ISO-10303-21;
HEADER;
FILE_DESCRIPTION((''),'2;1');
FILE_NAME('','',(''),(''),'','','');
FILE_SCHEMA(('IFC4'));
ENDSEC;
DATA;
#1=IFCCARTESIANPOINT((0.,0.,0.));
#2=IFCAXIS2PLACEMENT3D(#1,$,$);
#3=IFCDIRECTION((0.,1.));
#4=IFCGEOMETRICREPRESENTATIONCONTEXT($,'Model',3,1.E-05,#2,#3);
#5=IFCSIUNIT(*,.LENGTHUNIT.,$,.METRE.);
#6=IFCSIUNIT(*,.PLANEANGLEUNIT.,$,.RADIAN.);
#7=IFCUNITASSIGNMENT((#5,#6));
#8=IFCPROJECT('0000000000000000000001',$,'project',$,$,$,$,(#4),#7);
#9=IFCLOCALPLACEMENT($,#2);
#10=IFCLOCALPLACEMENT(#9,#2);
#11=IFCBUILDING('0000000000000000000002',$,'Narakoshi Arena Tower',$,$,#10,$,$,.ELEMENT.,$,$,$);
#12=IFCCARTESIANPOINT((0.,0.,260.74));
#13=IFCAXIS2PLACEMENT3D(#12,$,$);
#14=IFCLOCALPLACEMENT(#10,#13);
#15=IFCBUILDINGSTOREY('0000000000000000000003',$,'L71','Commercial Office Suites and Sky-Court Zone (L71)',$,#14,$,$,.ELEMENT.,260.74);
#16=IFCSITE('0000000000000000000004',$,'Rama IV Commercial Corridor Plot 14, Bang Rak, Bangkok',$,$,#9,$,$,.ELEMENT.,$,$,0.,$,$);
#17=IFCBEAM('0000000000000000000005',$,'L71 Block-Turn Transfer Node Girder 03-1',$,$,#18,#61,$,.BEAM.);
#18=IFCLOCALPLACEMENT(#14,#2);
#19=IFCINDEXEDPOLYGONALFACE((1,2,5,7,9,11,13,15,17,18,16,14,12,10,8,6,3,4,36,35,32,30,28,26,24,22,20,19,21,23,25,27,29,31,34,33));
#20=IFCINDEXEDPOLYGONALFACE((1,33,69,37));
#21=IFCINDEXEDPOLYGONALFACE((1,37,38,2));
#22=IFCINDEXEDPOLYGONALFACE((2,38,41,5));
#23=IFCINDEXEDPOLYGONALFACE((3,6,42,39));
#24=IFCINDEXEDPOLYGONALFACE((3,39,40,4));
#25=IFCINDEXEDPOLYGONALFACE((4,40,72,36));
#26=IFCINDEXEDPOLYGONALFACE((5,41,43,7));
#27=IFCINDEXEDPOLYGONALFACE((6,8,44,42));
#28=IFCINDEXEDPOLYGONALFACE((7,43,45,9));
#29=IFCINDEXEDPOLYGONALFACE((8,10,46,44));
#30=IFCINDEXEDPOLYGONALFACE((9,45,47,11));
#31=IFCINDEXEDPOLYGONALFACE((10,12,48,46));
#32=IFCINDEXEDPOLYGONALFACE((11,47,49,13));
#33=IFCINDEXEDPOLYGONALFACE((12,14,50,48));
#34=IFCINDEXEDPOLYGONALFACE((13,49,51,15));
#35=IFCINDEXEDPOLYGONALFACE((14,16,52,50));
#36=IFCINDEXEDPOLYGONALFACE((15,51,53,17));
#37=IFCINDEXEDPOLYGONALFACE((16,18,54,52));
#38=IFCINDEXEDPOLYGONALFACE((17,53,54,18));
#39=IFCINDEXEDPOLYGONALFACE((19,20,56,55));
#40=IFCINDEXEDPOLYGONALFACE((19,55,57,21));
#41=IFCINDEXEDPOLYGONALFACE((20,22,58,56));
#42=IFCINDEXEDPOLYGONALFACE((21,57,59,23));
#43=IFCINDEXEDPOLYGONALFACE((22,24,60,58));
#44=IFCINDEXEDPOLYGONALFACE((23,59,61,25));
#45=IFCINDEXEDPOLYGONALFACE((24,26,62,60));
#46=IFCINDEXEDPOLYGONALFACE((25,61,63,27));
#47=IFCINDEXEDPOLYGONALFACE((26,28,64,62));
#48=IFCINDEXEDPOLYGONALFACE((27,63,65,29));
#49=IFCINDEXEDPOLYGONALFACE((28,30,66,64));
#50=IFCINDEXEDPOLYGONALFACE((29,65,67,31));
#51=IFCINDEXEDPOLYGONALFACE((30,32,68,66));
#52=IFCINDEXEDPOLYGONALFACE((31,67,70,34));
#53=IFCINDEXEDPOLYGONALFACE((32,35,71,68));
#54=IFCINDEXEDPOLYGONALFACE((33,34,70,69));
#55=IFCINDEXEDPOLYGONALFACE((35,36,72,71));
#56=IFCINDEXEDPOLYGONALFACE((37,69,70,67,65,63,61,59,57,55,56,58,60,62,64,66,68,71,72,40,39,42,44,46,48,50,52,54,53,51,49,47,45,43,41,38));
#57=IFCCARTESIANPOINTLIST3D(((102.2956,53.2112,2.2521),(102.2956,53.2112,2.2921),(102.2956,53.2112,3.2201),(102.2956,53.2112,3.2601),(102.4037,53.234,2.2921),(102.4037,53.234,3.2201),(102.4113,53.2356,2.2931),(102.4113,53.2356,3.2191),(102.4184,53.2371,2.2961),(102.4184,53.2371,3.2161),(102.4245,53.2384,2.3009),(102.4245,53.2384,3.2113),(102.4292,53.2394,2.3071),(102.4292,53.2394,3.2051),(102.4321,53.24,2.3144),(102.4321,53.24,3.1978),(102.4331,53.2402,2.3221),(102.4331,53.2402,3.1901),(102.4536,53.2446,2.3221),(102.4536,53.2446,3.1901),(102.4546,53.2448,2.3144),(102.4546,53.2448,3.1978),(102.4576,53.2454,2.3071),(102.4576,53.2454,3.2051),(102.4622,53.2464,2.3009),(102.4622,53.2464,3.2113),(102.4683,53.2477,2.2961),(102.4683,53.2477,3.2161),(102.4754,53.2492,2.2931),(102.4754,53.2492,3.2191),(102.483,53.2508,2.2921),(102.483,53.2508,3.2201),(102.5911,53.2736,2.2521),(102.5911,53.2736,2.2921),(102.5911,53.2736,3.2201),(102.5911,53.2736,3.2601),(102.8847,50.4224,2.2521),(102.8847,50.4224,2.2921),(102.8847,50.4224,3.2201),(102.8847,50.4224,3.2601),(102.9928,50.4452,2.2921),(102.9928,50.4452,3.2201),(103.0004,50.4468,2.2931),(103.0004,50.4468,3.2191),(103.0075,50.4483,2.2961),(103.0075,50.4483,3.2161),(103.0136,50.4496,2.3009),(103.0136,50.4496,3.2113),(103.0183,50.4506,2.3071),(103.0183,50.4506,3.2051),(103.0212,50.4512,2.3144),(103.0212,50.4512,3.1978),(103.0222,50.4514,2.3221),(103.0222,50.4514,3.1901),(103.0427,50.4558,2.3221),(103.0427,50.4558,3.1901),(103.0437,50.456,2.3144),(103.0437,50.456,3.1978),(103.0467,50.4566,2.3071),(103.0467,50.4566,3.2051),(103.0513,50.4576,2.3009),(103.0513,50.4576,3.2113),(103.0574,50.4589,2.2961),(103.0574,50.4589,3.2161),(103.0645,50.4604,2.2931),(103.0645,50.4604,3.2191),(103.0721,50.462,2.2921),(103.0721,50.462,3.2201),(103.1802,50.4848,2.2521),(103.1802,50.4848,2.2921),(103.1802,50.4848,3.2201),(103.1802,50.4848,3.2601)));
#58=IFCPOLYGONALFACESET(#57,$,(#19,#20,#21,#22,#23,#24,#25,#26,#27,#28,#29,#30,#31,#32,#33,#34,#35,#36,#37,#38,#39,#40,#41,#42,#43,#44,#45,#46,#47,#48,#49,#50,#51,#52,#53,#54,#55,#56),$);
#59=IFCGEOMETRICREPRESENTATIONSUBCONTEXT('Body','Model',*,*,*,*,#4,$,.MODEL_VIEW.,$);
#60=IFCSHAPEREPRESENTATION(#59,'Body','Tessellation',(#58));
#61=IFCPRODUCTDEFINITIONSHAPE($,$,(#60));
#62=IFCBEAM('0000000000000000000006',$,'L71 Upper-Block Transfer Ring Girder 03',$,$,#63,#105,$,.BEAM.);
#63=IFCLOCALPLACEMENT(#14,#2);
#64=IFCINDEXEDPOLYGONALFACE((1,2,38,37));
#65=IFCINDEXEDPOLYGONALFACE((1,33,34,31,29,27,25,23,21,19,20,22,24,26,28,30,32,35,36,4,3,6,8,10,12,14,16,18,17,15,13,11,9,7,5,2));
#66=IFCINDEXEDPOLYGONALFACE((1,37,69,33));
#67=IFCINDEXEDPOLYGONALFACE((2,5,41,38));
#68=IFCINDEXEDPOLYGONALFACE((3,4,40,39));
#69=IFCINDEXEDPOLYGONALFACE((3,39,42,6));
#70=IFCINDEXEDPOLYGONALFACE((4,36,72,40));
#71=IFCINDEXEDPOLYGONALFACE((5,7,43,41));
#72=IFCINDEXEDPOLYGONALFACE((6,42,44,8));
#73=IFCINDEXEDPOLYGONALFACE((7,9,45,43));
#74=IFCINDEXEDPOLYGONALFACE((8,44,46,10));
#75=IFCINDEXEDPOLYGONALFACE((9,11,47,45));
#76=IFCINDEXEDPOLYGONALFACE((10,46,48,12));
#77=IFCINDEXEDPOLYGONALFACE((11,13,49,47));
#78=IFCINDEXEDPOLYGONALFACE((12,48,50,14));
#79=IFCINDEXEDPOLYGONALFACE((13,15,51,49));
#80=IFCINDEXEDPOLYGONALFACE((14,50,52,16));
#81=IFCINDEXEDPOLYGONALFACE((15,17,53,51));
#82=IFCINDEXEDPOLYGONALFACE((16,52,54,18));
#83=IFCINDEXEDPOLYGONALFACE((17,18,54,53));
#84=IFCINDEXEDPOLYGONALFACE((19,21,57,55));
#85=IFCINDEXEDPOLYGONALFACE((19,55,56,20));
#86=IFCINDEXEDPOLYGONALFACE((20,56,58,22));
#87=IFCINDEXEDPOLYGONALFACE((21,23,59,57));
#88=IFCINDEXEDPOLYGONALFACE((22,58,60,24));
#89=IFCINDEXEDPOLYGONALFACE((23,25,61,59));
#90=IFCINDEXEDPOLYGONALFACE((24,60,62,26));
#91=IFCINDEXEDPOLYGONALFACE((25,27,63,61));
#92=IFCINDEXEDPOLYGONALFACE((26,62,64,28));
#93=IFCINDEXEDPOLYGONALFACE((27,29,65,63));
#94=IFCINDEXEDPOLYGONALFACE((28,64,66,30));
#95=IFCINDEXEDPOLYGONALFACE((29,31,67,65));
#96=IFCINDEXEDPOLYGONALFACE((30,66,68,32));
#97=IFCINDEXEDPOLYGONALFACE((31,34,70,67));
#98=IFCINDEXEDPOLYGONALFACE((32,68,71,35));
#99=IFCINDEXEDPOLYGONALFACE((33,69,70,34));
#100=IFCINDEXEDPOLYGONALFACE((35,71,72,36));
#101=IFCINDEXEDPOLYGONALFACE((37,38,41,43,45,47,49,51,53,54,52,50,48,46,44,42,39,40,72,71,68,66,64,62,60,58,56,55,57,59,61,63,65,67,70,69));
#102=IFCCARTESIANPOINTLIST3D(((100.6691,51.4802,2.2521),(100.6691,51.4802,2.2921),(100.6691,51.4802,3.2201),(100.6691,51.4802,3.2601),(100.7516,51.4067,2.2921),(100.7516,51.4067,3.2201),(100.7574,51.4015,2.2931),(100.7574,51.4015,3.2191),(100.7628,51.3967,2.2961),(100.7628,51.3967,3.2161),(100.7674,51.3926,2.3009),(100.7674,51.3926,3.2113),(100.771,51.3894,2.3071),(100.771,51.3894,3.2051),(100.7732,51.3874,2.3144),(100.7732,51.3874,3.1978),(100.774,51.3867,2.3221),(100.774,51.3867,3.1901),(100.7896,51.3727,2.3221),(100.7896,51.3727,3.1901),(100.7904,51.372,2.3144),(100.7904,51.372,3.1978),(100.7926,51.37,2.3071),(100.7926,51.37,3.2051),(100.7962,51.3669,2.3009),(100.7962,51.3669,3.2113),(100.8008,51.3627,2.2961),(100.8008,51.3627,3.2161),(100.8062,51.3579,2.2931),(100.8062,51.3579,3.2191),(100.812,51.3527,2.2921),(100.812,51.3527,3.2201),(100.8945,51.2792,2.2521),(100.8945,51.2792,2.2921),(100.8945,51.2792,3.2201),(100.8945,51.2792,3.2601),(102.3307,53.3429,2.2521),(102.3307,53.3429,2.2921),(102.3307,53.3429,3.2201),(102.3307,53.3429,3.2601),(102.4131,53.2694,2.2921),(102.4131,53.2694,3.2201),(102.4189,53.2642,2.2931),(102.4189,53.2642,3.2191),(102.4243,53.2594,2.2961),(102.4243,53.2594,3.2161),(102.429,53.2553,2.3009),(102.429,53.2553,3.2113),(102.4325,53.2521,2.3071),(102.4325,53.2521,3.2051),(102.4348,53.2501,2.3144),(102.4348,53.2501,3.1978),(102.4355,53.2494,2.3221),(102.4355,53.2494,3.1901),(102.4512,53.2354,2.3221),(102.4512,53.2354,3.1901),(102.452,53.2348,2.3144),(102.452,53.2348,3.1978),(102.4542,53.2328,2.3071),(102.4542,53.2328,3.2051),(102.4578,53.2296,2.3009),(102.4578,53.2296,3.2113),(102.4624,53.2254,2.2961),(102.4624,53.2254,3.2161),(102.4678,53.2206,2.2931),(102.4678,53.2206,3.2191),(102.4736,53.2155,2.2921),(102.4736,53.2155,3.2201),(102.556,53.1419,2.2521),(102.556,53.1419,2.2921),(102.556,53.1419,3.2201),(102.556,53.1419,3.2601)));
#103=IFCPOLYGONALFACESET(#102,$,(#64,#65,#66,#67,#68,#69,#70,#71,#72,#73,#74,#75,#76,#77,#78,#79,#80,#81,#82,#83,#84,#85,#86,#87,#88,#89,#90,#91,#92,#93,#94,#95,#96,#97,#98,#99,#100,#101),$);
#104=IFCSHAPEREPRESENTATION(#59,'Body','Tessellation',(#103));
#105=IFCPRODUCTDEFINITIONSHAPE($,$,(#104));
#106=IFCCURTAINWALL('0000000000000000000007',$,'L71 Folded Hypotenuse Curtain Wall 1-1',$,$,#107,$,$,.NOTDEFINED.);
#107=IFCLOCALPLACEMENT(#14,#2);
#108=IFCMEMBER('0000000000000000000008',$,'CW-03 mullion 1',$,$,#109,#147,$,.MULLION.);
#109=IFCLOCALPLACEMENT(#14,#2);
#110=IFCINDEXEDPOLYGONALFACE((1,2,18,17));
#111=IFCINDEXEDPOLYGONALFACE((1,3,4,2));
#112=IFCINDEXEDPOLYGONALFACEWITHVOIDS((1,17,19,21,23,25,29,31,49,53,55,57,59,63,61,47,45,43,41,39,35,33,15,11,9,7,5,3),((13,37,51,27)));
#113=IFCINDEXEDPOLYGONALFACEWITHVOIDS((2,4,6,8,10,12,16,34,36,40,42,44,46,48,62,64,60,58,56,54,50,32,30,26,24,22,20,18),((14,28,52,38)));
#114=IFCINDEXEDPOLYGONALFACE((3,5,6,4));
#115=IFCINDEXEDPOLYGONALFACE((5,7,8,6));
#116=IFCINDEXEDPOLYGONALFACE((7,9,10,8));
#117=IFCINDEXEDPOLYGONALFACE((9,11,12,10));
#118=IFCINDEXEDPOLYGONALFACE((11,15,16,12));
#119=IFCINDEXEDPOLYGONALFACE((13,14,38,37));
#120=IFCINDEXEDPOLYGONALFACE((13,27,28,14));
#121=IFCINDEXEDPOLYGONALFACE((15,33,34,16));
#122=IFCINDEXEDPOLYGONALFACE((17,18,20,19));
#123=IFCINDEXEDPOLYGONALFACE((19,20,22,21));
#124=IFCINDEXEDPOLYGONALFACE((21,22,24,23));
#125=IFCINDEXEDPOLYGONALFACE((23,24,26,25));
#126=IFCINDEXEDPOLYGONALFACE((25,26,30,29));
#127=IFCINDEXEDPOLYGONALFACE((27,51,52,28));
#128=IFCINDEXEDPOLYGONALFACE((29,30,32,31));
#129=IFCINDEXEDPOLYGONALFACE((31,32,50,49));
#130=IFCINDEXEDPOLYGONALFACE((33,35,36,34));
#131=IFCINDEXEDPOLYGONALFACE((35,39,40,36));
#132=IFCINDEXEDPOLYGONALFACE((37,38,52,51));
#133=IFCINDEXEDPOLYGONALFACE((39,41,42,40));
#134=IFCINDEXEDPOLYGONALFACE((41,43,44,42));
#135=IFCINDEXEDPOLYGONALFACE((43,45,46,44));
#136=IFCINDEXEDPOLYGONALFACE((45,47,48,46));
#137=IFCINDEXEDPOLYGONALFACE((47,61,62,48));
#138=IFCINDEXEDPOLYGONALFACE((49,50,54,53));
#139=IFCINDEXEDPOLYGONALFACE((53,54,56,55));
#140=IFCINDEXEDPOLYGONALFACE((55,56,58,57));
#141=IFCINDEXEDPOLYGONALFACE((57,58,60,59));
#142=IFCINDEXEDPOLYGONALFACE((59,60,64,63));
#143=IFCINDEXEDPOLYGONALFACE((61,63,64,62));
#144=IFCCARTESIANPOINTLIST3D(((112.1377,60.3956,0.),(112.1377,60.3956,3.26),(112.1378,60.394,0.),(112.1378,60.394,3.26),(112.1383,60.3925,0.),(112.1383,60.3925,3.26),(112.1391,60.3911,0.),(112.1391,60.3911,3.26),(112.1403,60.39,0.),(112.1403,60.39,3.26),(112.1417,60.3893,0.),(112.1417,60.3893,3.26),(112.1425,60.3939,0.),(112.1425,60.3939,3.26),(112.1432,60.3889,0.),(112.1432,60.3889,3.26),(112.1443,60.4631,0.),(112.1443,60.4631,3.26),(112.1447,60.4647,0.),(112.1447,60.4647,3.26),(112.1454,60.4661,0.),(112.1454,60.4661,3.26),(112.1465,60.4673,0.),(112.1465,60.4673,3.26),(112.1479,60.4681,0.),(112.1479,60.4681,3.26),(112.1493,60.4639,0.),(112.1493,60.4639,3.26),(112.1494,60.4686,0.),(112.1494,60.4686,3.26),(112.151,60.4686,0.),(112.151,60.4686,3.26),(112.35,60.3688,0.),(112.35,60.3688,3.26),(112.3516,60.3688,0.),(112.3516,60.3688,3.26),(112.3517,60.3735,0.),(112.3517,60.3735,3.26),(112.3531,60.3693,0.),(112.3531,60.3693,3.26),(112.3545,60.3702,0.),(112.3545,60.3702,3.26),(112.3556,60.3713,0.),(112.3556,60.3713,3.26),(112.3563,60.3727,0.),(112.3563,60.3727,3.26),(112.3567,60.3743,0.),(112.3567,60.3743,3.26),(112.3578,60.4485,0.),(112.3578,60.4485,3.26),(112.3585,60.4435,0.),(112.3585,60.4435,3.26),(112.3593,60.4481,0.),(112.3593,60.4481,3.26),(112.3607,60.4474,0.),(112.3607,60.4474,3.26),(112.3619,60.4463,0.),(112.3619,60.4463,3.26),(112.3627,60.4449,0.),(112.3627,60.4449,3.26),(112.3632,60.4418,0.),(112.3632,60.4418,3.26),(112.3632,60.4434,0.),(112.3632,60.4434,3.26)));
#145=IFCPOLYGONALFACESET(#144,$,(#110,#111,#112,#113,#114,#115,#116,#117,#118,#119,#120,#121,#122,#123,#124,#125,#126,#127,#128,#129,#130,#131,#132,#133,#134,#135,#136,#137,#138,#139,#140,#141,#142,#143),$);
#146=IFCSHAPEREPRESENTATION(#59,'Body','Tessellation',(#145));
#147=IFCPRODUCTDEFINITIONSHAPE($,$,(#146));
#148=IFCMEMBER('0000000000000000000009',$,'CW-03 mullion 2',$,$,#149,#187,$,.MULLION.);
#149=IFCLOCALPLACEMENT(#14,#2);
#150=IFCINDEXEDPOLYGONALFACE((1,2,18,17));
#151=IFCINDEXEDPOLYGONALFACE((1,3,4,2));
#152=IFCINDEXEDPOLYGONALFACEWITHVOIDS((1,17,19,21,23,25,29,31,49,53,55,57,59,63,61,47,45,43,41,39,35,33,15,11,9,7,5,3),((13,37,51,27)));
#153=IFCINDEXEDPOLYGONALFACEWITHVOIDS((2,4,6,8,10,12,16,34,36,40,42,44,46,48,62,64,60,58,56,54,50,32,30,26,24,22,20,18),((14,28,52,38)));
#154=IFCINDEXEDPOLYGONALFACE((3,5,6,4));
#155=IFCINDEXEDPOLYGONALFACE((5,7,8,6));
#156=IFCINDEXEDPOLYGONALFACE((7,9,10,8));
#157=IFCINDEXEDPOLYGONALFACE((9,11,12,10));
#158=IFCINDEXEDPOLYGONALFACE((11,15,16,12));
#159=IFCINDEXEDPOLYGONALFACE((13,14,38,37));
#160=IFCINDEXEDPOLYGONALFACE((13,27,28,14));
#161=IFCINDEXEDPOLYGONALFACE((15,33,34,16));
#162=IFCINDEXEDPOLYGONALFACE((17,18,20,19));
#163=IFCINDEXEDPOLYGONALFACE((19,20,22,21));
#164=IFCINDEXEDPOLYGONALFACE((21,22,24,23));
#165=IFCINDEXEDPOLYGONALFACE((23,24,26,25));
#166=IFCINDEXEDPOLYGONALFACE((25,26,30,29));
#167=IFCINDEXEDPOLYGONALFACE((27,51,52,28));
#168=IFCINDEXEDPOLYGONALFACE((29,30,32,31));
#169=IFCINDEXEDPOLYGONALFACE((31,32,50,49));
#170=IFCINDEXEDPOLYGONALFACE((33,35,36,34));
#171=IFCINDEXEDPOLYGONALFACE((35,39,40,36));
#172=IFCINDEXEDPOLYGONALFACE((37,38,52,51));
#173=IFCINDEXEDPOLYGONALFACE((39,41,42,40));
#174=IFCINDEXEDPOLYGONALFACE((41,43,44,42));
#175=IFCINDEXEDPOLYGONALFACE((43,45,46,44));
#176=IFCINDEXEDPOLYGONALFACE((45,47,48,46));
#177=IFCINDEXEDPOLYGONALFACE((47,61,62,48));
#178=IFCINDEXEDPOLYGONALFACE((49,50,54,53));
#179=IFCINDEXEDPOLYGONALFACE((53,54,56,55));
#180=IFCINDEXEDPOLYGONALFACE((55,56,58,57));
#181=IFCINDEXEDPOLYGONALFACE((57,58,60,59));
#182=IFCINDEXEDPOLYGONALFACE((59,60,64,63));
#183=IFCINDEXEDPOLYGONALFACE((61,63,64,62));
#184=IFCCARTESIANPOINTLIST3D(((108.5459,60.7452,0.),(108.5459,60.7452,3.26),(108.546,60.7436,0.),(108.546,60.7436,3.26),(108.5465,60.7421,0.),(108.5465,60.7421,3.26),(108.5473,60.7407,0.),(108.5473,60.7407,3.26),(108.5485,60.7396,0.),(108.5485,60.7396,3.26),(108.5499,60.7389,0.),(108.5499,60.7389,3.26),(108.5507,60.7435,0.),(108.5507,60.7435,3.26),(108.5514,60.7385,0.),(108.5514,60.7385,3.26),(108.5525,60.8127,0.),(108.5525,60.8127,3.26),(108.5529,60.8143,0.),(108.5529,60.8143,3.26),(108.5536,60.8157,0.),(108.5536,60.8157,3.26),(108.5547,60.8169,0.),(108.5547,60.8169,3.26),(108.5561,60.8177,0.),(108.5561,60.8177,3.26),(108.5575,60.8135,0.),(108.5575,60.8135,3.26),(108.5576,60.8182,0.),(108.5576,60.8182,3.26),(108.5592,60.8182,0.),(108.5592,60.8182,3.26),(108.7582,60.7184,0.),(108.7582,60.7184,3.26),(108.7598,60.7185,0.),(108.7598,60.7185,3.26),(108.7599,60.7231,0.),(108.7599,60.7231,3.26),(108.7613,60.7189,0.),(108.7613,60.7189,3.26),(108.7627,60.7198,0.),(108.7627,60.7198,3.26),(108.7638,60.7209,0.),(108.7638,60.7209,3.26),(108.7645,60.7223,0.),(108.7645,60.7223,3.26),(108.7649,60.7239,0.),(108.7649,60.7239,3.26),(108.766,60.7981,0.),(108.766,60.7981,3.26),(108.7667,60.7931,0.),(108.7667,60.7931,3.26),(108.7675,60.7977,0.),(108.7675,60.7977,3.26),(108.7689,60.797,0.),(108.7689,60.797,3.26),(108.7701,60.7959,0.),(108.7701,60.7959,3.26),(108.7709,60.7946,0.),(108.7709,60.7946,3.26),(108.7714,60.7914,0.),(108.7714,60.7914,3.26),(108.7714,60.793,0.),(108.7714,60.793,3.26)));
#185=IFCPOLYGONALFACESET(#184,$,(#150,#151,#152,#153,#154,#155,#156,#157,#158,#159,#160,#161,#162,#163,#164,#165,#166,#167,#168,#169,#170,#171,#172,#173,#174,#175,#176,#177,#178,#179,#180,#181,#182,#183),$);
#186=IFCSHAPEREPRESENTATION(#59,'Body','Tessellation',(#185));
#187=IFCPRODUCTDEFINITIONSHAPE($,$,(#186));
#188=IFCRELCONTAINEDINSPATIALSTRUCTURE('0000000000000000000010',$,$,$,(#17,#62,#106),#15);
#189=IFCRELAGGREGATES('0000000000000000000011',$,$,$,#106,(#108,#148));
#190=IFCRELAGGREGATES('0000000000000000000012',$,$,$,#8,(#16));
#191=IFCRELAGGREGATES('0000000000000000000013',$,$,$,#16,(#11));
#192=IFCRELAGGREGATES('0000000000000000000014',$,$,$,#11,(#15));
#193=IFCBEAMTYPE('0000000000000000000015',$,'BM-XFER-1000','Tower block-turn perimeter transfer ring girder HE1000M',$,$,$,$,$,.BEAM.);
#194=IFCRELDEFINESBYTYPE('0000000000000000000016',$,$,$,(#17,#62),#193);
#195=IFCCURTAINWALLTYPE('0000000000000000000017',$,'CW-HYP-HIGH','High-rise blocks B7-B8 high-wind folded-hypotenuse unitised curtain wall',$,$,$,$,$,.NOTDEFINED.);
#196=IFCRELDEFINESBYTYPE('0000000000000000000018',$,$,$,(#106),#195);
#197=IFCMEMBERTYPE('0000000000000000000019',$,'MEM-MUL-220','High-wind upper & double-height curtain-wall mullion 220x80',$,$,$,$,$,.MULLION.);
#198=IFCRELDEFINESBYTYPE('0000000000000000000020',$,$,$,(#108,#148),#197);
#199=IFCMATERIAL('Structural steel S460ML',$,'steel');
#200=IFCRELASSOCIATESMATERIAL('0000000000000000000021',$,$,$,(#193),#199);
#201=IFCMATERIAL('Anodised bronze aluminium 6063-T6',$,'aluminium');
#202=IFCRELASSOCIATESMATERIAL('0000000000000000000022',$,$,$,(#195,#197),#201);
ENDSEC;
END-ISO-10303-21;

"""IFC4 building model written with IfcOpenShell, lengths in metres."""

from ifc_helpers import new_model, si_unit, direction, frame, origin, origin_2d, place, context, subcontext, project, spatial, hollow_rectangle, i_section, extrude, material, material_profile, profile_set, type_object, element, aggregate, save


model = new_model("IFC4")

# Units and contexts
model_context = context("Model", 3, precision=1e-05, world=origin(), true_north=direction((0.0, 1.0)))
body_context = subcontext(model_context, "Body", "Model", "MODEL_VIEW")
ifc_project = project(units=[si_unit("LENGTHUNIT", "METRE"), si_unit("PLANEANGLEUNIT", "RADIAN")], contexts=[model_context])

# Site, building, storey
site_placement = place(None, origin())
site = spatial("IfcSite", under=ifc_project, at=site_placement, Name="Rama IV Commercial Corridor Plot 14, Bang Rak, Bangkok", CompositionType="ELEMENT", RefElevation=0.0)
building_placement = place(site_placement, origin())
building = spatial("IfcBuilding", under=site, at=building_placement, Name="Narakoshi Arena Tower", CompositionType="ELEMENT")
storey_placement = place(building_placement, frame((0.0, 0.0, 260.74)))
storey = spatial("IfcBuildingStorey", under=building, at=storey_placement, Name="L71", Description="Commercial Office Suites and Sky-Court Zone (L71)", CompositionType="ELEMENT", Elevation=260.74)

# Beams
ifc_material_1 = material(Name="Structural steel S460ML", Category="steel")
ifc_material_profile_1 = material_profile(ifc_material_1, i_section(OverallWidth=0.302, OverallDepth=1.0081, WebThickness=0.021, FlangeThickness=0.04, FilletRadius=0.03, at=origin_2d()), Name="HE1000M")
ifc_profile_set_1 = profile_set([ifc_material_profile_1], Name="Structural steel S460ML")
beam_type = type_object("IfcBeamType", Name="BM-XFER-1000", Description="Tower block-turn perimeter transfer ring girder HE1000M", PredefinedType="BEAM", material=ifc_profile_set_1)
beam_1_placement = place(storey_placement, frame((103.0325, 50.4536, 2.7561), z_axis=(-0.20668, 0.978409, 0.0), x_axis=(-0.978409, -0.20668, 0.0)))
element("IfcBeam", 1, at=beam_1_placement, inside=storey, type_object=beam_type, Name="L71 Block-Turn Transfer Node Girder 03-1", PredefinedType="BEAM", context=body_context, shape_type="SweptSolid", body=[
    extrude(i_section(OverallWidth=0.302, OverallDepth=1.0081, WebThickness=0.021, FlangeThickness=0.04, FilletRadius=0.03, at=origin_2d()), origin(), (0.0, 0.0, 1.0), 2.8503),
])
beam_2_placement = place(storey_placement, frame((102.4434, 53.2424, 2.7561), z_axis=(-0.665662, -0.746253, 0.0), x_axis=(0.746253, -0.665662, 0.0)))
element("IfcBeam", 2, at=beam_2_placement, inside=storey, type_object=beam_type, Name="L71 Upper-Block Transfer Ring Girder 03", PredefinedType="BEAM", context=body_context, shape_type="SweptSolid", body=[
    extrude(i_section(OverallWidth=0.302, OverallDepth=1.0081, WebThickness=0.021, FlangeThickness=0.04, FilletRadius=0.03, at=origin_2d()), origin(), (0.0, 0.0, 1.0), 2.4961),
])

# Curtain wall, members
ifc_material_2 = material(Name="Anodised bronze aluminium 6063-T6", Category="aluminium")
curtain_wall_type = type_object("IfcCurtainWallType", Name="CW-HYP-HIGH", Description="High-rise blocks B7-B8 high-wind folded-hypotenuse unitised curtain wall", PredefinedType="NOTDEFINED", material=ifc_material_2)
curtain_wall_placement = place(storey_placement, origin())
curtain_wall = element("IfcCurtainWall", 3, at=curtain_wall_placement, inside=storey, type_object=curtain_wall_type, Name="L71 Folded Hypotenuse Curtain Wall 1-1", PredefinedType="NOTDEFINED")
ifc_material_profile_2 = material_profile(ifc_material_2, hollow_rectangle(XDim=0.0801, YDim=0.22, WallThickness=0.0049, OuterFilletRadius=0.0061, at=origin_2d()), Name="MUL220x80x5")
ifc_profile_set_2 = profile_set([ifc_material_profile_2], Name="Anodised bronze aluminium 6063-T6")
member_type_1 = type_object("IfcMemberType", Name="MEM-MUL-220", Description="High-wind upper & double-height curtain-wall mullion 220x80", PredefinedType="MULLION", material=ifc_profile_set_2)
member_1_placement = place(storey_placement, frame((112.2505, 60.4187, 0.0), z_axis=(0.0, 0.0, 1.0), x_axis=(-0.096851, -0.995299, 0.0)))
member_1 = element("IfcMember", 4, at=member_1_placement, type_object=member_type_1, Name="CW-03 mullion 1", PredefinedType="MULLION", context=body_context, shape_type="SweptSolid", body=[
    extrude(hollow_rectangle(XDim=0.0801, YDim=0.22, WallThickness=0.0049, OuterFilletRadius=0.0061, at=origin_2d()), origin(), (0.0, 0.0, 1.0), 3.26),
])
member_2_placement = place(storey_placement, frame((108.6587, 60.7683, 0.0), z_axis=(0.0, 0.0, 1.0), x_axis=(-0.096851, -0.995299, 0.0)))
member_2 = element("IfcMember", 5, at=member_2_placement, type_object=member_type_1, Name="CW-03 mullion 2", PredefinedType="MULLION", context=body_context, shape_type="SweptSolid", body=[
    extrude(hollow_rectangle(XDim=0.0801, YDim=0.22, WallThickness=0.0049, OuterFilletRadius=0.0061, at=origin_2d()), origin(), (0.0, 0.0, 1.0), 3.26),
])
aggregate(curtain_wall, [member_1, member_2])

save(model, "model.ifc")
